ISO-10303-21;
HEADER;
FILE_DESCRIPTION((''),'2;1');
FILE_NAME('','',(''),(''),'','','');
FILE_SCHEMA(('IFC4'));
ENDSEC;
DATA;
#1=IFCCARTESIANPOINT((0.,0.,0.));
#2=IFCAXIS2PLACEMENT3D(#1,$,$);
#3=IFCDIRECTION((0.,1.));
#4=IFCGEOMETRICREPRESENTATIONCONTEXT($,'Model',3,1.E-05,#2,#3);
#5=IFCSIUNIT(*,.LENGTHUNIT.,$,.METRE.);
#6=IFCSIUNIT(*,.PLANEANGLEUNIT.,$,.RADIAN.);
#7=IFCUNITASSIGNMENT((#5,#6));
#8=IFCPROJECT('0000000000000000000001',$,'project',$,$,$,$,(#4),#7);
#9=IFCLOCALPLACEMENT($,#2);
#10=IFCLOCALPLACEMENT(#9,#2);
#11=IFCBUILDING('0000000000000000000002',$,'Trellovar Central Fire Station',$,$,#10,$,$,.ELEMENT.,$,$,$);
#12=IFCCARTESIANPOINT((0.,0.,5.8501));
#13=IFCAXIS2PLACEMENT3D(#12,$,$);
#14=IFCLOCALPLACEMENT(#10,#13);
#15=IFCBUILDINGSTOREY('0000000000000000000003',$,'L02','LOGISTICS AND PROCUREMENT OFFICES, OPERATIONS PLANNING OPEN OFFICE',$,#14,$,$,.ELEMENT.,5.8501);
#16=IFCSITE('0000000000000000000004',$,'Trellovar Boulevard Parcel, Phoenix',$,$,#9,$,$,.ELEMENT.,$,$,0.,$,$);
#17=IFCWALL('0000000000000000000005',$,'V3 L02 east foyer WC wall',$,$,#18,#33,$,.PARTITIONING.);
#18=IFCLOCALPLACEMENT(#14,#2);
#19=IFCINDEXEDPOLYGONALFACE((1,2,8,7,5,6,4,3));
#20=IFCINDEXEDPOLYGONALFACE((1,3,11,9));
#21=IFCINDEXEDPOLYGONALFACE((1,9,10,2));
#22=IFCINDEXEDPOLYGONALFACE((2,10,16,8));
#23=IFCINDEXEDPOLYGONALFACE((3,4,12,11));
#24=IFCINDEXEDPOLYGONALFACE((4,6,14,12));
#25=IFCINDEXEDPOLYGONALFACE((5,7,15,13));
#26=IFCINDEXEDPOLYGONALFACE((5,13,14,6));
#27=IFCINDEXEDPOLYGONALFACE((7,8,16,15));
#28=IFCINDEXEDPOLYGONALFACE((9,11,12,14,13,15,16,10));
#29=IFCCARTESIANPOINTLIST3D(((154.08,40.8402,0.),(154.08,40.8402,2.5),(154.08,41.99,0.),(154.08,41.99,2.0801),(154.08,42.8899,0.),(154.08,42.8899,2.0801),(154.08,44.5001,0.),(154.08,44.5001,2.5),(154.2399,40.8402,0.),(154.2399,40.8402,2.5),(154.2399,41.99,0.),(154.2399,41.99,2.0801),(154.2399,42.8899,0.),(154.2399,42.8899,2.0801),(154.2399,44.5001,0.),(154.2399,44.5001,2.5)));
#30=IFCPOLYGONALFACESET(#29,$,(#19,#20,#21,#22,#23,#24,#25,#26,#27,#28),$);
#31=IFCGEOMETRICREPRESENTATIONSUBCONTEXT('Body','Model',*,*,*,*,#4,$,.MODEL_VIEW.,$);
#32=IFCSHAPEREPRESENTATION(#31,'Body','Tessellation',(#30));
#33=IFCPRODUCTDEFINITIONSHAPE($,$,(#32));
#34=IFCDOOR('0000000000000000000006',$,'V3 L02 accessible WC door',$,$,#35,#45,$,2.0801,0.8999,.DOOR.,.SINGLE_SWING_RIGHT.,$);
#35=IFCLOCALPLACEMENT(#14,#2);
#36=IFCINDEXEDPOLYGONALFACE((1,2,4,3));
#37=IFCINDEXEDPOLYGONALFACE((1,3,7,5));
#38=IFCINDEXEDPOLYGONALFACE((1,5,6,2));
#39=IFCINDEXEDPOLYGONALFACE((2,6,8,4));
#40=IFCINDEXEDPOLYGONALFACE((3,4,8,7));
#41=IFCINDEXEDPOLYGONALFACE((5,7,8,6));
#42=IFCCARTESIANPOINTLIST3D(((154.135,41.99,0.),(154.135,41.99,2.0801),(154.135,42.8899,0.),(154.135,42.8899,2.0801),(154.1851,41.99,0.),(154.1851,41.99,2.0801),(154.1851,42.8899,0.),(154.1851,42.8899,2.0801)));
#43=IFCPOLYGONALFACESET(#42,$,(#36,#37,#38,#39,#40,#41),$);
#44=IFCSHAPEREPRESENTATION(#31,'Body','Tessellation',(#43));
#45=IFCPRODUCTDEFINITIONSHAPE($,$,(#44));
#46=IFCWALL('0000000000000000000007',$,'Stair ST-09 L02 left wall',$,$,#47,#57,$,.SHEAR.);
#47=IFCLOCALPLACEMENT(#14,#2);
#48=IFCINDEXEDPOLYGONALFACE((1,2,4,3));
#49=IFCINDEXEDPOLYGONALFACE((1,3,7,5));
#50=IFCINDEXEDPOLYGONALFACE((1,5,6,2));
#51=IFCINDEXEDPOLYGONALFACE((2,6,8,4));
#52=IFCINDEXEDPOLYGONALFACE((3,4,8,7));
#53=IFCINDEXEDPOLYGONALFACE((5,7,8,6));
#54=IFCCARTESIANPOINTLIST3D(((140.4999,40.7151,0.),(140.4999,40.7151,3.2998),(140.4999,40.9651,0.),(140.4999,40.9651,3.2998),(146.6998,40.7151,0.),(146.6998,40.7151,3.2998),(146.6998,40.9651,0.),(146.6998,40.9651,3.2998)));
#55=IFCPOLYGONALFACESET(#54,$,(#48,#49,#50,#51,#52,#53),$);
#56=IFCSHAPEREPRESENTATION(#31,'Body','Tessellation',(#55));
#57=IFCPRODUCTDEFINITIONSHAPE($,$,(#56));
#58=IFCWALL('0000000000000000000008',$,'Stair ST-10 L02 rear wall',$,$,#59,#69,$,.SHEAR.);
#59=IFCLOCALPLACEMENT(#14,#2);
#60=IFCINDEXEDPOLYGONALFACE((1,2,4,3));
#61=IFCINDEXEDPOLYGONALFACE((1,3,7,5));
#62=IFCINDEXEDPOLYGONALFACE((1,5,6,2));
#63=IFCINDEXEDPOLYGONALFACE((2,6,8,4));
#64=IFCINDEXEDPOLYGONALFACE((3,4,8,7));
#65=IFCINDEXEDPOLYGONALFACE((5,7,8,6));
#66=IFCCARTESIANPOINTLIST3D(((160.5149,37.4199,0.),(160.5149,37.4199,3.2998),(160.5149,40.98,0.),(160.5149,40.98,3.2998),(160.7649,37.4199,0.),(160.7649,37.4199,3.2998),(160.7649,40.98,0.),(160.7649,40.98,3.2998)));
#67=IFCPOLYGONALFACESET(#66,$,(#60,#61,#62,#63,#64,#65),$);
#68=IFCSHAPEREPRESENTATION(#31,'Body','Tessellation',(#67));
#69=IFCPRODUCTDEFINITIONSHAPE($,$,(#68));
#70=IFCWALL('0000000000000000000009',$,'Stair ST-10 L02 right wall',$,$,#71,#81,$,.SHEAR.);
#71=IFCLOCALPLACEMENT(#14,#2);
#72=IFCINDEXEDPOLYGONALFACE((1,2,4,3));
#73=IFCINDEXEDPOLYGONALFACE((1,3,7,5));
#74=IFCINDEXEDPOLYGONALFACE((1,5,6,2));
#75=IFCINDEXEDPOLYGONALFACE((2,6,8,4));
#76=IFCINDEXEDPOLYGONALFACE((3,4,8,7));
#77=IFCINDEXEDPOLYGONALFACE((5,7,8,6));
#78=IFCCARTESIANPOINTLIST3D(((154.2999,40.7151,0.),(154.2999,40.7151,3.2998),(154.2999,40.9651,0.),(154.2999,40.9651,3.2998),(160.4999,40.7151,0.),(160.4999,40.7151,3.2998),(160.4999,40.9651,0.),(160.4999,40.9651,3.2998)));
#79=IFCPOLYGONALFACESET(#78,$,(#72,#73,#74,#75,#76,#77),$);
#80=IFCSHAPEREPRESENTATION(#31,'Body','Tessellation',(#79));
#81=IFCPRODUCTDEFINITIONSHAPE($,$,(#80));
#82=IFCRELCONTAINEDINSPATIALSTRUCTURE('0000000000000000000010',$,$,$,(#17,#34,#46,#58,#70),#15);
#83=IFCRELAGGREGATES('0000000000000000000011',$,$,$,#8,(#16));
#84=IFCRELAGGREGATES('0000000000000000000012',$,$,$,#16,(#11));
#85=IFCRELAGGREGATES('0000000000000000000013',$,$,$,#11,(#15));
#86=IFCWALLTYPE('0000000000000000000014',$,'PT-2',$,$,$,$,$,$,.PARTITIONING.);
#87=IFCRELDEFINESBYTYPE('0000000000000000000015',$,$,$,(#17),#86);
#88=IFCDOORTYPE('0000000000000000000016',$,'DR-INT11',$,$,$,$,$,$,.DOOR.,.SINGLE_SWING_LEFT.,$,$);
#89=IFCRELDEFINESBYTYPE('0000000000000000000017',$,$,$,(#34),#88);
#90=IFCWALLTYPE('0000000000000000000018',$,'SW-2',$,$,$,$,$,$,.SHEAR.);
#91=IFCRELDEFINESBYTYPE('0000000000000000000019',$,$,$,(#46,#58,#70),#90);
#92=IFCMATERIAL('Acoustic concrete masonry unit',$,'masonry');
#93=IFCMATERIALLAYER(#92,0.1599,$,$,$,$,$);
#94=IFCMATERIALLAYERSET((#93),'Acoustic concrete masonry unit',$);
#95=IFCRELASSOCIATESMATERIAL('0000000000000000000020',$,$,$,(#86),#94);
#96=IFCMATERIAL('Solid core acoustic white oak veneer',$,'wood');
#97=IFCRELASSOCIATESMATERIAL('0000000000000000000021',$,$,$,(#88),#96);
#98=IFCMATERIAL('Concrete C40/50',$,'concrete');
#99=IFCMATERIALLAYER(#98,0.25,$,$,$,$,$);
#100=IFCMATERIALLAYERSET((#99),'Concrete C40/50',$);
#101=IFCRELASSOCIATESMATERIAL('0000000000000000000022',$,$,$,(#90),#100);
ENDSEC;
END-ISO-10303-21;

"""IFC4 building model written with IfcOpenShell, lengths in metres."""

from ifc_helpers import new_model, si_unit, direction, frame, frame_2d, origin, place, context, subcontext, project, spatial, rectangle, extrude, material, layer, layer_set, type_object, element, fill, save


model = new_model("IFC4")

# Units and contexts
model_context = context("Model", 3, precision=1e-05, world=origin(), true_north=direction((0.0, 1.0)))
body_context = subcontext(model_context, "Body", "Model", "MODEL_VIEW")
ifc_project = project(units=[si_unit("LENGTHUNIT", "METRE"), si_unit("PLANEANGLEUNIT", "RADIAN")], contexts=[model_context])

# Site, building, storey
site_placement = place(None, origin())
site = spatial("IfcSite", under=ifc_project, at=site_placement, Name="Trellovar Boulevard Parcel, Phoenix", CompositionType="ELEMENT", RefElevation=0.0)
building_placement = place(site_placement, origin())
building = spatial("IfcBuilding", under=site, at=building_placement, Name="Trellovar Central Fire Station", CompositionType="ELEMENT")
storey_placement = place(building_placement, frame((0.0, 0.0, 5.8501)))
storey = spatial("IfcBuildingStorey", under=building, at=storey_placement, Name="L02", Description="LOGISTICS AND PROCUREMENT OFFICES, OPERATIONS PLANNING OPEN OFFICE", CompositionType="ELEMENT", Elevation=5.8501)

# Wall, opening, door
ifc_material_1 = material(Name="Acoustic concrete masonry unit", Category="masonry")
ifc_layer_1 = layer(ifc_material_1, 0.1599)
ifc_layer_set_1 = layer_set([ifc_layer_1], Name="Acoustic concrete masonry unit")
wall_type_1 = type_object("IfcWallType", Name="PT-2", PredefinedType="PARTITIONING", material=ifc_layer_set_1)
wall_1_placement = place(storey_placement, frame((154.1599, 40.8401, 0.0), z_axis=(0.0, 0.0, 1.0), x_axis=(0.0, 1.0, 0.0)))
wall_1 = element("IfcWall", 1, at=wall_1_placement, inside=storey, type_object=wall_type_1, Name="V3 L02 east foyer WC wall", PredefinedType="PARTITIONING", context=body_context, shape_type="SweptSolid", body=[
    extrude(rectangle(XDim=3.6599, YDim=0.1599, at=frame_2d((1.8301, 0.0))), origin(), (0.0, 0.0, 1.0), 2.5),
])
opening_1_placement = place(wall_1_placement, frame((1.1499, 0.0, 0.0)))
opening_1 = element("IfcOpeningElement", 2, at=opening_1_placement, cuts=wall_1, PredefinedType="OPENING", context=body_context, shape_type="SweptSolid", body=[
    extrude(rectangle(XDim=0.8999, YDim=2.0801, at=frame_2d((0.45, 1.04))), frame((0.0, 0.0898, 0.0), z_axis=(0.0, -1.0, 0.0), x_axis=(1.0, 0.0, 0.0)), (0.0, 0.0, 1.0), 0.1799),
])
ifc_material_2 = material(Name="Solid core acoustic white oak veneer", Category="wood")
door_type_1 = type_object("IfcDoorType", Name="DR-INT11", OperationType="SINGLE_SWING_LEFT", PredefinedType="DOOR", material=ifc_material_2)
door_1_placement = place(opening_1_placement, origin())
door_1 = element("IfcDoor", 3, at=door_1_placement, inside=storey, type_object=door_type_1, Name="V3 L02 accessible WC door", OperationType="SINGLE_SWING_RIGHT", OverallHeight=2.0801, OverallWidth=0.8999, PredefinedType="DOOR", context=body_context, shape_type="SweptSolid", body=[
    extrude(rectangle(XDim=0.8999, YDim=2.0801, at=frame_2d((0.45, 1.04))), frame((0.0, 0.0249, 0.0), z_axis=(0.0, -1.0, 0.0), x_axis=(1.0, 0.0, 0.0)), (0.0, 0.0, 1.0), 0.05),
])
fill(opening_1, door_1)

# Walls
ifc_material_3 = material(Name="Concrete C40/50", Category="concrete")
ifc_layer_2 = layer(ifc_material_3, 0.25)
ifc_layer_set_2 = layer_set([ifc_layer_2], Name="Concrete C40/50")
wall_type_2 = type_object("IfcWallType", Name="SW-2", PredefinedType="SHEAR", material=ifc_layer_set_2)
wall_2_placement = place(storey_placement, frame((146.7, 40.8401, 0.0), z_axis=(0.0, 0.0, 1.0), x_axis=(-1.0, 0.0, 0.0)))
element("IfcWall", 4, at=wall_2_placement, inside=storey, type_object=wall_type_2, Name="Stair ST-09 L02 left wall", PredefinedType="SHEAR", context=body_context, shape_type="SweptSolid", body=[
    extrude(rectangle(XDim=6.2, YDim=0.25, at=frame_2d((3.1001, 0.0))), origin(), (0.0, 0.0, 1.0), 3.2998),
])
wall_3_placement = place(storey_placement, frame((160.6399, 40.98, 0.0), z_axis=(0.0, 0.0, 1.0), x_axis=(0.0, -1.0, 0.0)))
element("IfcWall", 5, at=wall_3_placement, inside=storey, type_object=wall_type_2, Name="Stair ST-10 L02 rear wall", PredefinedType="SHEAR", context=body_context, shape_type="SweptSolid", body=[
    extrude(rectangle(XDim=3.5601, YDim=0.25, at=frame_2d((1.78, 0.0))), origin(), (0.0, 0.0, 1.0), 3.2998),
])
wall_4_placement = place(storey_placement, frame((160.5, 40.8401, 0.0), z_axis=(0.0, 0.0, 1.0), x_axis=(-1.0, 0.0, 0.0)))
element("IfcWall", 6, at=wall_4_placement, inside=storey, type_object=wall_type_2, Name="Stair ST-10 L02 right wall", PredefinedType="SHEAR", context=body_context, shape_type="SweptSolid", body=[
    extrude(rectangle(XDim=6.2, YDim=0.25, at=frame_2d((3.1001, 0.0))), origin(), (0.0, 0.0, 1.0), 3.2998),
])

save(model, "model.ifc")
